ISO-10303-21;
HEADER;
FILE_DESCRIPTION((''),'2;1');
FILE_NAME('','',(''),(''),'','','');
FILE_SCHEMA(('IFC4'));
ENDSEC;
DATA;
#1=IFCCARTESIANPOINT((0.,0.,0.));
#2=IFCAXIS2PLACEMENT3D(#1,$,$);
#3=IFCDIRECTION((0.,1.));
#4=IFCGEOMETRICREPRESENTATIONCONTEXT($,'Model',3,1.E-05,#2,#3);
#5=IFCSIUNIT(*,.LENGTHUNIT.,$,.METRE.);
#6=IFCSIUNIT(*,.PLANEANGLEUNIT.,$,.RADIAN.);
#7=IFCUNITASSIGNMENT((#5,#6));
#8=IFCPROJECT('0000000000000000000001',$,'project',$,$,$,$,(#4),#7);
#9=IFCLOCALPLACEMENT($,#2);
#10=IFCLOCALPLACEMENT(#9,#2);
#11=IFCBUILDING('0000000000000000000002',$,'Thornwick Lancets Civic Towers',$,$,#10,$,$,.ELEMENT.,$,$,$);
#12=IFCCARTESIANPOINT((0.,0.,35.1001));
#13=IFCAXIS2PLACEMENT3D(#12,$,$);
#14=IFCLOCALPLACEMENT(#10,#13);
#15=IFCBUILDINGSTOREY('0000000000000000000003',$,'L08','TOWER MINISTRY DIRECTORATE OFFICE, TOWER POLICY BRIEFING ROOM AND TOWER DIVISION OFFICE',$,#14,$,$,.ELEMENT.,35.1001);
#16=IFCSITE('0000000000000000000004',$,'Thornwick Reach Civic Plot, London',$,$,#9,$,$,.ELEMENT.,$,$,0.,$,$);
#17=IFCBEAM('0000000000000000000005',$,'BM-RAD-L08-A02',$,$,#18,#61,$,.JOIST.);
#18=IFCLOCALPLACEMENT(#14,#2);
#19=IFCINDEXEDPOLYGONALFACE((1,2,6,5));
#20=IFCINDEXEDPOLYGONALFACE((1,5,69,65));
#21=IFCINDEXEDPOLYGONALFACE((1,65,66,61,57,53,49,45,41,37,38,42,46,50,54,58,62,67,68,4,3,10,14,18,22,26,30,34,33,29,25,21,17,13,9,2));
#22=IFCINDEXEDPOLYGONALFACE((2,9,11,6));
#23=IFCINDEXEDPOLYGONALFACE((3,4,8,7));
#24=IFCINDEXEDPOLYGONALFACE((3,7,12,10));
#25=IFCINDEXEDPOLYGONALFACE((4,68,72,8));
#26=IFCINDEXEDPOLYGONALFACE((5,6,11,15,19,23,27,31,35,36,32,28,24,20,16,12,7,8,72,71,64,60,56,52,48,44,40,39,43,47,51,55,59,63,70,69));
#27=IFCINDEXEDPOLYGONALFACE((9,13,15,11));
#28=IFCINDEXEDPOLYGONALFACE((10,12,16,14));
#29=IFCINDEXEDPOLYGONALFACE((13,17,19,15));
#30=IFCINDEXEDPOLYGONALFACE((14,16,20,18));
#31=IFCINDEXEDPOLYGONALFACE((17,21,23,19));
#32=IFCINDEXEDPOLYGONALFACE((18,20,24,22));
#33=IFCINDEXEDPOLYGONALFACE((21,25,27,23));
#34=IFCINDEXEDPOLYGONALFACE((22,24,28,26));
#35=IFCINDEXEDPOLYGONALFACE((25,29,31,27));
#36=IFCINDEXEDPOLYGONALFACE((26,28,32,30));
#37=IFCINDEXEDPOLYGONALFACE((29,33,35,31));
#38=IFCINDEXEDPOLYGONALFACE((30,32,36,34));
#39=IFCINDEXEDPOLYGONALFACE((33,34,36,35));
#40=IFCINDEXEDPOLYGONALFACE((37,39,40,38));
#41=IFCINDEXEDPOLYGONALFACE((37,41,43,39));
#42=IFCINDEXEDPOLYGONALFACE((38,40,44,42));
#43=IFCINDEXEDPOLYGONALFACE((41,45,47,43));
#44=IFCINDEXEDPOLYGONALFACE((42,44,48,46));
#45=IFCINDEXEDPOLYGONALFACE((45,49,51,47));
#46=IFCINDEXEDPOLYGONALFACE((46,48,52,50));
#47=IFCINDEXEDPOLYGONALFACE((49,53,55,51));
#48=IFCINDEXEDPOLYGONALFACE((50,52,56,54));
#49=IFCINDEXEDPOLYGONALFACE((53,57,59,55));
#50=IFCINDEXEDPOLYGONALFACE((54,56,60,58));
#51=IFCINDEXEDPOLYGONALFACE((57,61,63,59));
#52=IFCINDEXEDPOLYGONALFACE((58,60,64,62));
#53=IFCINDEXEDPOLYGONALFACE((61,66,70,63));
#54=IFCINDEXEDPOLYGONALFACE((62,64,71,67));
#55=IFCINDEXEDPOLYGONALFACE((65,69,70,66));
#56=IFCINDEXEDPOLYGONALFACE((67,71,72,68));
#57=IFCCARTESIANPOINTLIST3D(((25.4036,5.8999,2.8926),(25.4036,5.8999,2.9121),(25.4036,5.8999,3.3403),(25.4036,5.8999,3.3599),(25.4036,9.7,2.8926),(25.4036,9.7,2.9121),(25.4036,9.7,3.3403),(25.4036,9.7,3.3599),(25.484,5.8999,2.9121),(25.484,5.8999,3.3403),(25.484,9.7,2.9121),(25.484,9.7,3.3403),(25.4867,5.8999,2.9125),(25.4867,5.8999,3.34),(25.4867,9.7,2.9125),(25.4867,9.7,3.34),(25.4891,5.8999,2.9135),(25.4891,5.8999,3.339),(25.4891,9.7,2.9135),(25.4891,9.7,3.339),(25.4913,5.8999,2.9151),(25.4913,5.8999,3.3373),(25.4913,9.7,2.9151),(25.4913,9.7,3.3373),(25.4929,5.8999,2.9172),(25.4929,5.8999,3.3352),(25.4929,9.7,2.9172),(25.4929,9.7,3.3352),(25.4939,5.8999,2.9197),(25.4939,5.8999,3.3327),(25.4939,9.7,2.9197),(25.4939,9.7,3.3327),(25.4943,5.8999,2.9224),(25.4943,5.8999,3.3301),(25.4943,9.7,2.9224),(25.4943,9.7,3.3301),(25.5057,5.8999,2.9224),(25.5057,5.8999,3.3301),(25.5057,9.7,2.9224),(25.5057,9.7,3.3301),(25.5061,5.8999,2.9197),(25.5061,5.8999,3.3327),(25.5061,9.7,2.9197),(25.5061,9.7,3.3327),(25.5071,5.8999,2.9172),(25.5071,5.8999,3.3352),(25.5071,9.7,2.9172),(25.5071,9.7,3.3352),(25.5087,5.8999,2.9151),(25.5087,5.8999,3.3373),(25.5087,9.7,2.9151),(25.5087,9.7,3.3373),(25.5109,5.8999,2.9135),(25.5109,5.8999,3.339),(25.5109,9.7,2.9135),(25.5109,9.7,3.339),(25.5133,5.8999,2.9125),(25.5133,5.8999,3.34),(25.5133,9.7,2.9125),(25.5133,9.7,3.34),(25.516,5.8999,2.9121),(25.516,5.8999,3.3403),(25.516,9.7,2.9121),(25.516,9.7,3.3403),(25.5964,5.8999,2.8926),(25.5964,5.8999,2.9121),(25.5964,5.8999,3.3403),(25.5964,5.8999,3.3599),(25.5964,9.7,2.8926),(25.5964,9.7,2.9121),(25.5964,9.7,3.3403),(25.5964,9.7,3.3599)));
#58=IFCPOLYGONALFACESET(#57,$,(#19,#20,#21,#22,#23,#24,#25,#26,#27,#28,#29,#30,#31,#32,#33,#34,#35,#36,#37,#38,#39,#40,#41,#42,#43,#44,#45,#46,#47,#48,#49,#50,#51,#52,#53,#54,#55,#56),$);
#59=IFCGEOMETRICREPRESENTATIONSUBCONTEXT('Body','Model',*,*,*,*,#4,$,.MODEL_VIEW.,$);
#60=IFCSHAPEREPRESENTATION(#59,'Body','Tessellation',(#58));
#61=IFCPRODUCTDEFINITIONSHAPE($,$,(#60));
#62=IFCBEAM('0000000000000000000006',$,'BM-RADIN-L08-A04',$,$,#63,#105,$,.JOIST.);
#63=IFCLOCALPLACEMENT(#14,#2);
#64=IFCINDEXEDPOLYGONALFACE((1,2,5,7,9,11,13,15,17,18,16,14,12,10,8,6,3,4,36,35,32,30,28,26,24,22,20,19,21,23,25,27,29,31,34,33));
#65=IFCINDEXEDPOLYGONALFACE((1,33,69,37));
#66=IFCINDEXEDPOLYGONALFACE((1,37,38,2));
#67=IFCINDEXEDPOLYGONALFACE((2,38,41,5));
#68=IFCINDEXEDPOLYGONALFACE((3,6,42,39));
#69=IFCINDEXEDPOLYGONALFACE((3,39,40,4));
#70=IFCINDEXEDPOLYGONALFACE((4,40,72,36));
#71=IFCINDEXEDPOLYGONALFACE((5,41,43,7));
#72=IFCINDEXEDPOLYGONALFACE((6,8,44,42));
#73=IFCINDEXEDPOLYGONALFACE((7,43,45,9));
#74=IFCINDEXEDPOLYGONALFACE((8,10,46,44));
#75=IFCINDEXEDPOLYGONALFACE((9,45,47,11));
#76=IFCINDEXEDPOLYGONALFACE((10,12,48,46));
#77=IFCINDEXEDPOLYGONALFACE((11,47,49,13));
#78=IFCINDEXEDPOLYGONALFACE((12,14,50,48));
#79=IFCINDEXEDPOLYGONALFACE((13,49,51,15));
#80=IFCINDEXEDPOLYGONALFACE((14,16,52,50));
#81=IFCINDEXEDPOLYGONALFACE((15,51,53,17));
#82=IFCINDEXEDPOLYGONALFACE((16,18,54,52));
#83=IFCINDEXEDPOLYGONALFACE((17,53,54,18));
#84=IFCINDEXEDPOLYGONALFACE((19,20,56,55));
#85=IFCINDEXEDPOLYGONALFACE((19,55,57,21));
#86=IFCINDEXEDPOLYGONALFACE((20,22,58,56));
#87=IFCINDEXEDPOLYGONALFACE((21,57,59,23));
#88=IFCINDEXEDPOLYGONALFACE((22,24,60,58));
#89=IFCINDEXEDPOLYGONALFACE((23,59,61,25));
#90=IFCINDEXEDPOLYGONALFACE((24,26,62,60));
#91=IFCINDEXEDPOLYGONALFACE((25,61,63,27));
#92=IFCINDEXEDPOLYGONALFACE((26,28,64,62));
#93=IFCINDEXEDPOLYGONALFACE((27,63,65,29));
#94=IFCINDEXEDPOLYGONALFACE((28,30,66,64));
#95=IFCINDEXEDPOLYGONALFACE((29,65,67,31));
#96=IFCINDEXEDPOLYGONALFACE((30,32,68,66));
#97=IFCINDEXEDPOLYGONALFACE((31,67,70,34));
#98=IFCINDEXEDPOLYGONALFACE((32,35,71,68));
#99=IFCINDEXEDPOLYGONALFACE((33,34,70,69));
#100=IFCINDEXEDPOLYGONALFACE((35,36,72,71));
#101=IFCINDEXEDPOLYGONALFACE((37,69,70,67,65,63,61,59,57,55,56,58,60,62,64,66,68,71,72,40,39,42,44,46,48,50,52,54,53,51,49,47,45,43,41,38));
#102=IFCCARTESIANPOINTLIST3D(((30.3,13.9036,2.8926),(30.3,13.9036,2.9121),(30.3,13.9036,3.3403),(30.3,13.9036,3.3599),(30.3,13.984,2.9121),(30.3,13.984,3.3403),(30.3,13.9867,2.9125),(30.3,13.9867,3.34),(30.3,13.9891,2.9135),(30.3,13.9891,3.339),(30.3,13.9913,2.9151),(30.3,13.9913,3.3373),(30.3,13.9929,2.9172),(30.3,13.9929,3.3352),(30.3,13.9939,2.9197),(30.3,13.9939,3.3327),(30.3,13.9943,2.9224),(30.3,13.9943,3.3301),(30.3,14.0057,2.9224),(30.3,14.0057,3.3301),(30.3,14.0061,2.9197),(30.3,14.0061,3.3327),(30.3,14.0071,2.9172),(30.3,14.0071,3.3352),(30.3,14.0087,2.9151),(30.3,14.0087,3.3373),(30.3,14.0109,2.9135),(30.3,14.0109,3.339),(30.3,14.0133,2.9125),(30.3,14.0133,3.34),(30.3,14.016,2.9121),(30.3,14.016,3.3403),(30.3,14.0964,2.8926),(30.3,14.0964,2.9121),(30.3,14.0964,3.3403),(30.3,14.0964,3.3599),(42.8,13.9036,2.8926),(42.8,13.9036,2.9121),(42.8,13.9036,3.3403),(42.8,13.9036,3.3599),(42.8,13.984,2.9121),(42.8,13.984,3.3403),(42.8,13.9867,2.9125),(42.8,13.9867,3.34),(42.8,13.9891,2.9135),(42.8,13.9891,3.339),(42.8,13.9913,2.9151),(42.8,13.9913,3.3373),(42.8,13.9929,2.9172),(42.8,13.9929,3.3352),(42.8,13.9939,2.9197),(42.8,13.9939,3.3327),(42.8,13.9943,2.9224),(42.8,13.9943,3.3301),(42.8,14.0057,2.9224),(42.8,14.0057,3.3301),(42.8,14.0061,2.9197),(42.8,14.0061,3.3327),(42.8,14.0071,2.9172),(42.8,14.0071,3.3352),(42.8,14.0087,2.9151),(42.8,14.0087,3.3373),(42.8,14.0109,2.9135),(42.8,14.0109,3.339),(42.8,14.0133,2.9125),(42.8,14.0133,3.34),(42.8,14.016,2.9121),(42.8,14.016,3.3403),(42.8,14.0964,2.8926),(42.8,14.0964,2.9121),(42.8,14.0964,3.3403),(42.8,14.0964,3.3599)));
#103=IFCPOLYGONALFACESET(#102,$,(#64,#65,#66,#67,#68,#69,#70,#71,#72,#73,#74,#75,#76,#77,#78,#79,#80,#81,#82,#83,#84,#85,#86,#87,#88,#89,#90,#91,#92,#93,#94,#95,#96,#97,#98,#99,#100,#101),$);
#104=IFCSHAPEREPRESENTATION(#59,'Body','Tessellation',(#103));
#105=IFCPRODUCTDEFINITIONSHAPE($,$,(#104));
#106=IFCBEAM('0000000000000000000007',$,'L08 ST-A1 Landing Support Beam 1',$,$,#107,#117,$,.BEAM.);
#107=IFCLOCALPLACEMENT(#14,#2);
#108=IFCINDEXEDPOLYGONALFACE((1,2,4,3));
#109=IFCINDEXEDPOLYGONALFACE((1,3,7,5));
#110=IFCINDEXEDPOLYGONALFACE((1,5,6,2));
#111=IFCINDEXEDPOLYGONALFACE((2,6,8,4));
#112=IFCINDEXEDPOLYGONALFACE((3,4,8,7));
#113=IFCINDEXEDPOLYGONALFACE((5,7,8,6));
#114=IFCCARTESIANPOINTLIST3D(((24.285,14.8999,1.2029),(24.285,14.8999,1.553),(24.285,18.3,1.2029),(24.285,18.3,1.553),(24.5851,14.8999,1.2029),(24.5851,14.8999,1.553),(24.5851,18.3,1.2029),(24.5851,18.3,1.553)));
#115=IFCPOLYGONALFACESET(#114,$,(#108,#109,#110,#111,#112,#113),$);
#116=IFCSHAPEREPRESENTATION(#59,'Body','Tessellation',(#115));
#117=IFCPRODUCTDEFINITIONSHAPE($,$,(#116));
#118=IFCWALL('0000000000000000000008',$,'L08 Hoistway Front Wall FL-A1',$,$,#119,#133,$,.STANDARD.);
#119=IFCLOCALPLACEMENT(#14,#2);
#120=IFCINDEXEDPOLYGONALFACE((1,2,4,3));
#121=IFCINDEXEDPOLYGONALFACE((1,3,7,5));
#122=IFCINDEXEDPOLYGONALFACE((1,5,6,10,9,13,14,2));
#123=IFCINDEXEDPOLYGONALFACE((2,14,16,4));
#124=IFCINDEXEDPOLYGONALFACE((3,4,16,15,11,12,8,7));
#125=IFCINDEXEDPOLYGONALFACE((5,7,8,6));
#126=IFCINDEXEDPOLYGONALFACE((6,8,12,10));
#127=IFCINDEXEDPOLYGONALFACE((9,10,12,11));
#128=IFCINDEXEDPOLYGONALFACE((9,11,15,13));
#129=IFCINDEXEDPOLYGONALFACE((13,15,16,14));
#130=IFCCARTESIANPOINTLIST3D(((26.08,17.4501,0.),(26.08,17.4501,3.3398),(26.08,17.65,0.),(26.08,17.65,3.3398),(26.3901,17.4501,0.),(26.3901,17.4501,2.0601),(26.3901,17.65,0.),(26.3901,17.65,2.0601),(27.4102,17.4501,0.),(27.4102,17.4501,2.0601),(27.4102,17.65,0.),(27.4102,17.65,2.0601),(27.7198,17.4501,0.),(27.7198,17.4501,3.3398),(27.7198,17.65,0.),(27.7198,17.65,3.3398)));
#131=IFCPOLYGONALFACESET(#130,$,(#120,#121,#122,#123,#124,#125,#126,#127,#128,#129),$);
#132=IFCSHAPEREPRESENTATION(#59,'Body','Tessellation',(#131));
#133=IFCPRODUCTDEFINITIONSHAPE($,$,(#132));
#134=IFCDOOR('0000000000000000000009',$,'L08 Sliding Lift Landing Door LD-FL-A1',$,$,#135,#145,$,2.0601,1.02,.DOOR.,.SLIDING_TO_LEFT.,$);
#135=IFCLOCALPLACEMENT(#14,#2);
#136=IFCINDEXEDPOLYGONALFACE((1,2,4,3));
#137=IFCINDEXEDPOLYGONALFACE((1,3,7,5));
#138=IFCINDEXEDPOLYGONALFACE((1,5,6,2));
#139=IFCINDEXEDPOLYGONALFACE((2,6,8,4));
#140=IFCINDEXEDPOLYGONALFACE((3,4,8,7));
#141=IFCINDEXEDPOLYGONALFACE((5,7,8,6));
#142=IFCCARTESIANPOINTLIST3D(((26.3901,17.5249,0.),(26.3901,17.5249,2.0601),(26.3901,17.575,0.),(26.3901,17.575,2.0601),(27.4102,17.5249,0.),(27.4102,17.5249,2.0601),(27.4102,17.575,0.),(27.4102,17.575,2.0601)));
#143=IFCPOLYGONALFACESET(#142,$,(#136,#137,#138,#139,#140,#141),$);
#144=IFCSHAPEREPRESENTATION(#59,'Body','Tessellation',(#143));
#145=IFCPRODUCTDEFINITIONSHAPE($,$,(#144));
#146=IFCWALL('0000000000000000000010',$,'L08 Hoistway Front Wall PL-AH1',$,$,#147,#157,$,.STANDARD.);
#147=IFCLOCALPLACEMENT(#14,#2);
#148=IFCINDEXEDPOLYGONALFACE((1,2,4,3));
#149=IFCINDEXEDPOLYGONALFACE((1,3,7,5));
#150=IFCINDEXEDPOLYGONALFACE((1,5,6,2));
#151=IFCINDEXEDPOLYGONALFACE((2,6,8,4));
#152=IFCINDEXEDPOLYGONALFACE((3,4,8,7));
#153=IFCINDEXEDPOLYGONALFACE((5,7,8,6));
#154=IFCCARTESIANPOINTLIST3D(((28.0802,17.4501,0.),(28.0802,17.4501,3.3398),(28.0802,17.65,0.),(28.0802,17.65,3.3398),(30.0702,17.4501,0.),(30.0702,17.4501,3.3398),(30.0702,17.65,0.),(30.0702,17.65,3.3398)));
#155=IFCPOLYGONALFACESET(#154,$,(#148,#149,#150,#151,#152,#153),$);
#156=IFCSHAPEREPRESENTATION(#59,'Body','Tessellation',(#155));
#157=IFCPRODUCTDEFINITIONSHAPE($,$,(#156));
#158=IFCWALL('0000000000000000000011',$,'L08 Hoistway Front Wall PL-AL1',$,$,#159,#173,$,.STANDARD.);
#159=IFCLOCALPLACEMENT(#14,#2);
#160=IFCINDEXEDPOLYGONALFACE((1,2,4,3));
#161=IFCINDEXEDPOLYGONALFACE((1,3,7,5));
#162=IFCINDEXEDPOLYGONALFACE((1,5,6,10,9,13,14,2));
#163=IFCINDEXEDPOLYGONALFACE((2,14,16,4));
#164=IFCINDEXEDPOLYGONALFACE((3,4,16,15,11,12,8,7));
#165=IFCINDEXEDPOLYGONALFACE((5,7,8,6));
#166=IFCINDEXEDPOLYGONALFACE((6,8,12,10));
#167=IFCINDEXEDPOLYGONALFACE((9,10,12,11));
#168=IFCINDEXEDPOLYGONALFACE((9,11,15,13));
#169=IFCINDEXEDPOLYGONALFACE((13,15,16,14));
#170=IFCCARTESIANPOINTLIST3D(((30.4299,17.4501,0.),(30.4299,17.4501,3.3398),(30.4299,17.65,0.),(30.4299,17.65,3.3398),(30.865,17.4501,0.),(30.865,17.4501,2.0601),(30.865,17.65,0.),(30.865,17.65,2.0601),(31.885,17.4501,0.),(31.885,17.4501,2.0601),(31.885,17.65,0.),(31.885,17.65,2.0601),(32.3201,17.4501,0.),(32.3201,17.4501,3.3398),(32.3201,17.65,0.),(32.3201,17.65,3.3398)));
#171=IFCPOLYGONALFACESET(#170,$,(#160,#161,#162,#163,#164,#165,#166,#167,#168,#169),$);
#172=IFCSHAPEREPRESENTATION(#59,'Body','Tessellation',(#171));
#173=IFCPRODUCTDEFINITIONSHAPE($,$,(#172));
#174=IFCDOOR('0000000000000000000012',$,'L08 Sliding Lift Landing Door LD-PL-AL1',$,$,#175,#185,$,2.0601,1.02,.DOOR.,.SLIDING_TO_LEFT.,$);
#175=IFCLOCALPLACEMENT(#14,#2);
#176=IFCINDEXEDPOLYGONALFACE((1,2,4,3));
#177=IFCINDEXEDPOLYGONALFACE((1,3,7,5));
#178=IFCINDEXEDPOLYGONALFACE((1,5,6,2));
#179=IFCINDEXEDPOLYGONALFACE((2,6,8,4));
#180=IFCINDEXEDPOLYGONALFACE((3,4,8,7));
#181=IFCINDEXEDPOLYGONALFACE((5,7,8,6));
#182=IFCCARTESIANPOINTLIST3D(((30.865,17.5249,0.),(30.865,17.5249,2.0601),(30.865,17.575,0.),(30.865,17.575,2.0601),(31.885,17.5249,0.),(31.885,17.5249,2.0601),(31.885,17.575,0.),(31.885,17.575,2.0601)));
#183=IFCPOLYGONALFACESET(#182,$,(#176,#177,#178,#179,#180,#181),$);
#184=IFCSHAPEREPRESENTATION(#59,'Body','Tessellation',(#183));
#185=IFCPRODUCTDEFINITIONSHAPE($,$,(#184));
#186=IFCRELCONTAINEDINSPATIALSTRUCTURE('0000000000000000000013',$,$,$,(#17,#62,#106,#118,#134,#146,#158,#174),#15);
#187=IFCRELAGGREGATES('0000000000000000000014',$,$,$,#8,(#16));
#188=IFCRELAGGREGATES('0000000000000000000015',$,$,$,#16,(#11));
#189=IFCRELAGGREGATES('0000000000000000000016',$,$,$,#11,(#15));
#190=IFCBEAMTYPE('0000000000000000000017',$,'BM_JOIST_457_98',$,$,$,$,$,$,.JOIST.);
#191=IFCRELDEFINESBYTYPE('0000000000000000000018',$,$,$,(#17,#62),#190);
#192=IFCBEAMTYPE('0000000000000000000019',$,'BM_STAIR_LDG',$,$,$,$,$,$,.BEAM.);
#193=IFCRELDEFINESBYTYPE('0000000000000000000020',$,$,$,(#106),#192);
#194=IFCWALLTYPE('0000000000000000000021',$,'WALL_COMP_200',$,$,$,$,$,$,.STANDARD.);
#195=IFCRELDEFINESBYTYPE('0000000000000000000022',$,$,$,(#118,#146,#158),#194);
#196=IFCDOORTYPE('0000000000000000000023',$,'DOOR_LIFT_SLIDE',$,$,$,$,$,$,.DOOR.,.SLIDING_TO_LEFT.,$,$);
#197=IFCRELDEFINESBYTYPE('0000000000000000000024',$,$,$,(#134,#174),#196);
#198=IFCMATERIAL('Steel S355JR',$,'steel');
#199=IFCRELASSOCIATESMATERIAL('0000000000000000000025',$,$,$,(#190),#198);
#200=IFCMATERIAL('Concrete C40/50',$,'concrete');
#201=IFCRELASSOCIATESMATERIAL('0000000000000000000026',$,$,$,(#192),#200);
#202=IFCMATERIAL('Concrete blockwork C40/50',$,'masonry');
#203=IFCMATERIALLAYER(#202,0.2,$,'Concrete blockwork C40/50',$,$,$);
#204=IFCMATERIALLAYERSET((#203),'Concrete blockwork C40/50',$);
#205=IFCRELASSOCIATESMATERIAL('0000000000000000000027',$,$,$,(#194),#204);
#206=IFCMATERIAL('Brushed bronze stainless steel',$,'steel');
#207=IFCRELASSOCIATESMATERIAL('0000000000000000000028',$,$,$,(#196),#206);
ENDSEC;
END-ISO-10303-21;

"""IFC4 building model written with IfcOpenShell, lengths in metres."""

from ifc_helpers import new_model, si_unit, direction, frame, frame_2d, origin, origin_2d, place, context, subcontext, project, spatial, rectangle, i_section, extrude, material, layer, layer_set, material_profile, profile_set, type_object, element, fill, save


model = new_model("IFC4")

# Units and contexts
model_context = context("Model", 3, precision=1e-05, world=origin(), true_north=direction((0.0, 1.0)))
body_context = subcontext(model_context, "Body", "Model", "MODEL_VIEW")
ifc_project = project(units=[si_unit("LENGTHUNIT", "METRE"), si_unit("PLANEANGLEUNIT", "RADIAN")], contexts=[model_context])

# Site, building, storey
site_placement = place(None, origin())
site = spatial("IfcSite", under=ifc_project, at=site_placement, Name="Thornwick Reach Civic Plot, London", CompositionType="ELEMENT", RefElevation=0.0)
building_placement = place(site_placement, origin())
building = spatial("IfcBuilding", under=site, at=building_placement, Name="Thornwick Lancets Civic Towers", CompositionType="ELEMENT")
storey_placement = place(building_placement, frame((0.0, 0.0, 35.1001)))
storey = spatial("IfcBuildingStorey", under=building, at=storey_placement, Name="L08", Description="TOWER MINISTRY DIRECTORATE OFFICE, TOWER POLICY BRIEFING ROOM AND TOWER DIVISION OFFICE", CompositionType="ELEMENT", Elevation=35.1001)

# Beams
ifc_material_1 = material(Name="Steel S355JR", Category="steel")
ifc_material_profile_1 = material_profile(ifc_material_1, i_section(OverallWidth=0.1929, OverallDepth=0.4673, WebThickness=0.0115, FlangeThickness=0.0195, FilletRadius=0.0103, at=origin_2d()), Name="UKB 457x191x98")
ifc_profile_set_1 = profile_set([ifc_material_profile_1], Name="Steel S355JR")
beam_type_1 = type_object("IfcBeamType", Name="BM_JOIST_457_98", PredefinedType="JOIST", material=ifc_profile_set_1)
beam_1_placement = place(storey_placement, frame((25.5, 9.7, 3.1262), z_axis=(0.0, -1.0, 0.0), x_axis=(1.0, 0.0, 0.0)))
element("IfcBeam", 1, at=beam_1_placement, inside=storey, type_object=beam_type_1, Name="BM-RAD-L08-A02", PredefinedType="JOIST", context=body_context, shape_type="SweptSolid", body=[
    extrude(i_section(OverallWidth=0.1929, OverallDepth=0.4673, WebThickness=0.0115, FlangeThickness=0.0195, FilletRadius=0.0103, at=origin_2d()), origin(), (0.0, 0.0, 1.0), 3.8),
])
beam_2_placement = place(storey_placement, frame((30.3, 14.0, 3.1262), z_axis=(1.0, 0.0, 0.0), x_axis=(0.0, 1.0, 0.0)))
element("IfcBeam", 2, at=beam_2_placement, inside=storey, type_object=beam_type_1, Name="BM-RADIN-L08-A04", PredefinedType="JOIST", context=body_context, shape_type="SweptSolid", body=[
    extrude(i_section(OverallWidth=0.1929, OverallDepth=0.4673, WebThickness=0.0115, FlangeThickness=0.0195, FilletRadius=0.0103, at=origin_2d()), origin(), (0.0, 0.0, 1.0), 12.5),
])
ifc_material_2 = material(Name="Concrete C40/50", Category="concrete")
ifc_material_profile_2 = material_profile(ifc_material_2, rectangle(XDim=0.3, YDim=0.3501, at=origin_2d()), Name="RC 300x350")
ifc_profile_set_2 = profile_set([ifc_material_profile_2], Name="Concrete C40/50")
beam_type_2 = type_object("IfcBeamType", Name="BM_STAIR_LDG", PredefinedType="BEAM", material=ifc_profile_set_2)
beam_3_placement = place(storey_placement, frame((24.4351, 14.8999, 1.3779), z_axis=(0.0, 1.0, 0.0), x_axis=(-1.0, 0.0, 0.0)))
element("IfcBeam", 3, at=beam_3_placement, inside=storey, type_object=beam_type_2, Name="L08 ST-A1 Landing Support Beam 1", PredefinedType="BEAM", context=body_context, shape_type="SweptSolid", body=[
    extrude(rectangle(XDim=0.3, YDim=0.3501, at=origin_2d()), origin(), (0.0, 0.0, 1.0), 3.4001),
])

# Wall, opening, door
ifc_material_3 = material(Name="Concrete blockwork C40/50", Category="masonry")
ifc_layer_1 = layer(ifc_material_3, 0.2, Name="Concrete blockwork C40/50")
ifc_layer_set_1 = layer_set([ifc_layer_1], Name="Concrete blockwork C40/50")
wall_type_1 = type_object("IfcWallType", Name="WALL_COMP_200", PredefinedType="STANDARD", material=ifc_layer_set_1)
wall_1_placement = place(storey_placement, frame((26.0801, 17.55, 0.0), z_axis=(0.0, 0.0, 1.0), x_axis=(1.0, 0.0, 0.0)))
wall_1 = element("IfcWall", 4, at=wall_1_placement, inside=storey, type_object=wall_type_1, Name="L08 Hoistway Front Wall FL-A1", PredefinedType="STANDARD", context=body_context, shape_type="SweptSolid", body=[
    extrude(rectangle(XDim=1.6399, YDim=0.2, at=frame_2d((0.8198, 0.0))), origin(), (0.0, 0.0, 1.0), 3.3398),
])
opening_1_placement = place(wall_1_placement, frame((0.3101, 0.0, 0.0)))
opening_1 = element("IfcOpeningElement", 5, at=opening_1_placement, cuts=wall_1, PredefinedType="OPENING", context=body_context, shape_type="SweptSolid", body=[
    extrude(rectangle(XDim=1.02, YDim=2.0601, at=frame_2d((0.51, 1.03))), frame((0.0, 0.1099, 0.0), z_axis=(0.0, -1.0, 0.0), x_axis=(1.0, 0.0, 0.0)), (0.0, 0.0, 1.0), 0.22),
])
ifc_material_4 = material(Name="Brushed bronze stainless steel", Category="steel")
door_type_1 = type_object("IfcDoorType", Name="DOOR_LIFT_SLIDE", OperationType="SLIDING_TO_LEFT", PredefinedType="DOOR", material=ifc_material_4)
door_1_placement = place(opening_1_placement, origin())
door_1 = element("IfcDoor", 6, at=door_1_placement, inside=storey, type_object=door_type_1, Name="L08 Sliding Lift Landing Door LD-FL-A1", OperationType="SLIDING_TO_LEFT", OverallHeight=2.0601, OverallWidth=1.02, PredefinedType="DOOR", context=body_context, shape_type="SweptSolid", body=[
    extrude(rectangle(XDim=1.02, YDim=2.0601, at=frame_2d((0.51, 1.03))), frame((0.0, 0.0249, 0.0), z_axis=(0.0, -1.0, 0.0), x_axis=(1.0, 0.0, 0.0)), (0.0, 0.0, 1.0), 0.05),
])
fill(opening_1, door_1)

# Wall
wall_2_placement = place(storey_placement, frame((28.0801, 17.55, 0.0), z_axis=(0.0, 0.0, 1.0), x_axis=(1.0, 0.0, 0.0)))
element("IfcWall", 7, at=wall_2_placement, inside=storey, type_object=wall_type_1, Name="L08 Hoistway Front Wall PL-AH1", PredefinedType="STANDARD", context=body_context, shape_type="SweptSolid", body=[
    extrude(rectangle(XDim=1.99, YDim=0.2, at=frame_2d((0.9951, 0.0))), origin(), (0.0, 0.0, 1.0), 3.3398),
])

# Wall, opening, door
wall_3_placement = place(storey_placement, frame((30.4299, 17.55, 0.0), z_axis=(0.0, 0.0, 1.0), x_axis=(1.0, 0.0, 0.0)))
wall_3 = element("IfcWall", 8, at=wall_3_placement, inside=storey, type_object=wall_type_1, Name="L08 Hoistway Front Wall PL-AL1", PredefinedType="STANDARD", context=body_context, shape_type="SweptSolid", body=[
    extrude(rectangle(XDim=1.8901, YDim=0.2, at=frame_2d((0.9451, 0.0))), origin(), (0.0, 0.0, 1.0), 3.3398),
])
opening_2_placement = place(wall_3_placement, frame((0.4351, 0.0, 0.0)))
opening_2 = element("IfcOpeningElement", 9, at=opening_2_placement, cuts=wall_3, PredefinedType="OPENING", context=body_context, shape_type="SweptSolid", body=[
    extrude(rectangle(XDim=1.02, YDim=2.0601, at=frame_2d((0.51, 1.03))), frame((0.0, 0.1099, 0.0), z_axis=(0.0, -1.0, 0.0), x_axis=(1.0, 0.0, 0.0)), (0.0, 0.0, 1.0), 0.22),
])
door_2_placement = place(opening_2_placement, origin())
door_2 = element("IfcDoor", 10, at=door_2_placement, inside=storey, type_object=door_type_1, Name="L08 Sliding Lift Landing Door LD-PL-AL1", OperationType="SLIDING_TO_LEFT", OverallHeight=2.0601, OverallWidth=1.02, PredefinedType="DOOR", context=body_context, shape_type="SweptSolid", body=[
    extrude(rectangle(XDim=1.02, YDim=2.0601, at=frame_2d((0.51, 1.03))), frame((0.0, 0.0249, 0.0), z_axis=(0.0, -1.0, 0.0), x_axis=(1.0, 0.0, 0.0)), (0.0, 0.0, 1.0), 0.05),
])
fill(opening_2, door_2)

save(model, "model.ifc")
